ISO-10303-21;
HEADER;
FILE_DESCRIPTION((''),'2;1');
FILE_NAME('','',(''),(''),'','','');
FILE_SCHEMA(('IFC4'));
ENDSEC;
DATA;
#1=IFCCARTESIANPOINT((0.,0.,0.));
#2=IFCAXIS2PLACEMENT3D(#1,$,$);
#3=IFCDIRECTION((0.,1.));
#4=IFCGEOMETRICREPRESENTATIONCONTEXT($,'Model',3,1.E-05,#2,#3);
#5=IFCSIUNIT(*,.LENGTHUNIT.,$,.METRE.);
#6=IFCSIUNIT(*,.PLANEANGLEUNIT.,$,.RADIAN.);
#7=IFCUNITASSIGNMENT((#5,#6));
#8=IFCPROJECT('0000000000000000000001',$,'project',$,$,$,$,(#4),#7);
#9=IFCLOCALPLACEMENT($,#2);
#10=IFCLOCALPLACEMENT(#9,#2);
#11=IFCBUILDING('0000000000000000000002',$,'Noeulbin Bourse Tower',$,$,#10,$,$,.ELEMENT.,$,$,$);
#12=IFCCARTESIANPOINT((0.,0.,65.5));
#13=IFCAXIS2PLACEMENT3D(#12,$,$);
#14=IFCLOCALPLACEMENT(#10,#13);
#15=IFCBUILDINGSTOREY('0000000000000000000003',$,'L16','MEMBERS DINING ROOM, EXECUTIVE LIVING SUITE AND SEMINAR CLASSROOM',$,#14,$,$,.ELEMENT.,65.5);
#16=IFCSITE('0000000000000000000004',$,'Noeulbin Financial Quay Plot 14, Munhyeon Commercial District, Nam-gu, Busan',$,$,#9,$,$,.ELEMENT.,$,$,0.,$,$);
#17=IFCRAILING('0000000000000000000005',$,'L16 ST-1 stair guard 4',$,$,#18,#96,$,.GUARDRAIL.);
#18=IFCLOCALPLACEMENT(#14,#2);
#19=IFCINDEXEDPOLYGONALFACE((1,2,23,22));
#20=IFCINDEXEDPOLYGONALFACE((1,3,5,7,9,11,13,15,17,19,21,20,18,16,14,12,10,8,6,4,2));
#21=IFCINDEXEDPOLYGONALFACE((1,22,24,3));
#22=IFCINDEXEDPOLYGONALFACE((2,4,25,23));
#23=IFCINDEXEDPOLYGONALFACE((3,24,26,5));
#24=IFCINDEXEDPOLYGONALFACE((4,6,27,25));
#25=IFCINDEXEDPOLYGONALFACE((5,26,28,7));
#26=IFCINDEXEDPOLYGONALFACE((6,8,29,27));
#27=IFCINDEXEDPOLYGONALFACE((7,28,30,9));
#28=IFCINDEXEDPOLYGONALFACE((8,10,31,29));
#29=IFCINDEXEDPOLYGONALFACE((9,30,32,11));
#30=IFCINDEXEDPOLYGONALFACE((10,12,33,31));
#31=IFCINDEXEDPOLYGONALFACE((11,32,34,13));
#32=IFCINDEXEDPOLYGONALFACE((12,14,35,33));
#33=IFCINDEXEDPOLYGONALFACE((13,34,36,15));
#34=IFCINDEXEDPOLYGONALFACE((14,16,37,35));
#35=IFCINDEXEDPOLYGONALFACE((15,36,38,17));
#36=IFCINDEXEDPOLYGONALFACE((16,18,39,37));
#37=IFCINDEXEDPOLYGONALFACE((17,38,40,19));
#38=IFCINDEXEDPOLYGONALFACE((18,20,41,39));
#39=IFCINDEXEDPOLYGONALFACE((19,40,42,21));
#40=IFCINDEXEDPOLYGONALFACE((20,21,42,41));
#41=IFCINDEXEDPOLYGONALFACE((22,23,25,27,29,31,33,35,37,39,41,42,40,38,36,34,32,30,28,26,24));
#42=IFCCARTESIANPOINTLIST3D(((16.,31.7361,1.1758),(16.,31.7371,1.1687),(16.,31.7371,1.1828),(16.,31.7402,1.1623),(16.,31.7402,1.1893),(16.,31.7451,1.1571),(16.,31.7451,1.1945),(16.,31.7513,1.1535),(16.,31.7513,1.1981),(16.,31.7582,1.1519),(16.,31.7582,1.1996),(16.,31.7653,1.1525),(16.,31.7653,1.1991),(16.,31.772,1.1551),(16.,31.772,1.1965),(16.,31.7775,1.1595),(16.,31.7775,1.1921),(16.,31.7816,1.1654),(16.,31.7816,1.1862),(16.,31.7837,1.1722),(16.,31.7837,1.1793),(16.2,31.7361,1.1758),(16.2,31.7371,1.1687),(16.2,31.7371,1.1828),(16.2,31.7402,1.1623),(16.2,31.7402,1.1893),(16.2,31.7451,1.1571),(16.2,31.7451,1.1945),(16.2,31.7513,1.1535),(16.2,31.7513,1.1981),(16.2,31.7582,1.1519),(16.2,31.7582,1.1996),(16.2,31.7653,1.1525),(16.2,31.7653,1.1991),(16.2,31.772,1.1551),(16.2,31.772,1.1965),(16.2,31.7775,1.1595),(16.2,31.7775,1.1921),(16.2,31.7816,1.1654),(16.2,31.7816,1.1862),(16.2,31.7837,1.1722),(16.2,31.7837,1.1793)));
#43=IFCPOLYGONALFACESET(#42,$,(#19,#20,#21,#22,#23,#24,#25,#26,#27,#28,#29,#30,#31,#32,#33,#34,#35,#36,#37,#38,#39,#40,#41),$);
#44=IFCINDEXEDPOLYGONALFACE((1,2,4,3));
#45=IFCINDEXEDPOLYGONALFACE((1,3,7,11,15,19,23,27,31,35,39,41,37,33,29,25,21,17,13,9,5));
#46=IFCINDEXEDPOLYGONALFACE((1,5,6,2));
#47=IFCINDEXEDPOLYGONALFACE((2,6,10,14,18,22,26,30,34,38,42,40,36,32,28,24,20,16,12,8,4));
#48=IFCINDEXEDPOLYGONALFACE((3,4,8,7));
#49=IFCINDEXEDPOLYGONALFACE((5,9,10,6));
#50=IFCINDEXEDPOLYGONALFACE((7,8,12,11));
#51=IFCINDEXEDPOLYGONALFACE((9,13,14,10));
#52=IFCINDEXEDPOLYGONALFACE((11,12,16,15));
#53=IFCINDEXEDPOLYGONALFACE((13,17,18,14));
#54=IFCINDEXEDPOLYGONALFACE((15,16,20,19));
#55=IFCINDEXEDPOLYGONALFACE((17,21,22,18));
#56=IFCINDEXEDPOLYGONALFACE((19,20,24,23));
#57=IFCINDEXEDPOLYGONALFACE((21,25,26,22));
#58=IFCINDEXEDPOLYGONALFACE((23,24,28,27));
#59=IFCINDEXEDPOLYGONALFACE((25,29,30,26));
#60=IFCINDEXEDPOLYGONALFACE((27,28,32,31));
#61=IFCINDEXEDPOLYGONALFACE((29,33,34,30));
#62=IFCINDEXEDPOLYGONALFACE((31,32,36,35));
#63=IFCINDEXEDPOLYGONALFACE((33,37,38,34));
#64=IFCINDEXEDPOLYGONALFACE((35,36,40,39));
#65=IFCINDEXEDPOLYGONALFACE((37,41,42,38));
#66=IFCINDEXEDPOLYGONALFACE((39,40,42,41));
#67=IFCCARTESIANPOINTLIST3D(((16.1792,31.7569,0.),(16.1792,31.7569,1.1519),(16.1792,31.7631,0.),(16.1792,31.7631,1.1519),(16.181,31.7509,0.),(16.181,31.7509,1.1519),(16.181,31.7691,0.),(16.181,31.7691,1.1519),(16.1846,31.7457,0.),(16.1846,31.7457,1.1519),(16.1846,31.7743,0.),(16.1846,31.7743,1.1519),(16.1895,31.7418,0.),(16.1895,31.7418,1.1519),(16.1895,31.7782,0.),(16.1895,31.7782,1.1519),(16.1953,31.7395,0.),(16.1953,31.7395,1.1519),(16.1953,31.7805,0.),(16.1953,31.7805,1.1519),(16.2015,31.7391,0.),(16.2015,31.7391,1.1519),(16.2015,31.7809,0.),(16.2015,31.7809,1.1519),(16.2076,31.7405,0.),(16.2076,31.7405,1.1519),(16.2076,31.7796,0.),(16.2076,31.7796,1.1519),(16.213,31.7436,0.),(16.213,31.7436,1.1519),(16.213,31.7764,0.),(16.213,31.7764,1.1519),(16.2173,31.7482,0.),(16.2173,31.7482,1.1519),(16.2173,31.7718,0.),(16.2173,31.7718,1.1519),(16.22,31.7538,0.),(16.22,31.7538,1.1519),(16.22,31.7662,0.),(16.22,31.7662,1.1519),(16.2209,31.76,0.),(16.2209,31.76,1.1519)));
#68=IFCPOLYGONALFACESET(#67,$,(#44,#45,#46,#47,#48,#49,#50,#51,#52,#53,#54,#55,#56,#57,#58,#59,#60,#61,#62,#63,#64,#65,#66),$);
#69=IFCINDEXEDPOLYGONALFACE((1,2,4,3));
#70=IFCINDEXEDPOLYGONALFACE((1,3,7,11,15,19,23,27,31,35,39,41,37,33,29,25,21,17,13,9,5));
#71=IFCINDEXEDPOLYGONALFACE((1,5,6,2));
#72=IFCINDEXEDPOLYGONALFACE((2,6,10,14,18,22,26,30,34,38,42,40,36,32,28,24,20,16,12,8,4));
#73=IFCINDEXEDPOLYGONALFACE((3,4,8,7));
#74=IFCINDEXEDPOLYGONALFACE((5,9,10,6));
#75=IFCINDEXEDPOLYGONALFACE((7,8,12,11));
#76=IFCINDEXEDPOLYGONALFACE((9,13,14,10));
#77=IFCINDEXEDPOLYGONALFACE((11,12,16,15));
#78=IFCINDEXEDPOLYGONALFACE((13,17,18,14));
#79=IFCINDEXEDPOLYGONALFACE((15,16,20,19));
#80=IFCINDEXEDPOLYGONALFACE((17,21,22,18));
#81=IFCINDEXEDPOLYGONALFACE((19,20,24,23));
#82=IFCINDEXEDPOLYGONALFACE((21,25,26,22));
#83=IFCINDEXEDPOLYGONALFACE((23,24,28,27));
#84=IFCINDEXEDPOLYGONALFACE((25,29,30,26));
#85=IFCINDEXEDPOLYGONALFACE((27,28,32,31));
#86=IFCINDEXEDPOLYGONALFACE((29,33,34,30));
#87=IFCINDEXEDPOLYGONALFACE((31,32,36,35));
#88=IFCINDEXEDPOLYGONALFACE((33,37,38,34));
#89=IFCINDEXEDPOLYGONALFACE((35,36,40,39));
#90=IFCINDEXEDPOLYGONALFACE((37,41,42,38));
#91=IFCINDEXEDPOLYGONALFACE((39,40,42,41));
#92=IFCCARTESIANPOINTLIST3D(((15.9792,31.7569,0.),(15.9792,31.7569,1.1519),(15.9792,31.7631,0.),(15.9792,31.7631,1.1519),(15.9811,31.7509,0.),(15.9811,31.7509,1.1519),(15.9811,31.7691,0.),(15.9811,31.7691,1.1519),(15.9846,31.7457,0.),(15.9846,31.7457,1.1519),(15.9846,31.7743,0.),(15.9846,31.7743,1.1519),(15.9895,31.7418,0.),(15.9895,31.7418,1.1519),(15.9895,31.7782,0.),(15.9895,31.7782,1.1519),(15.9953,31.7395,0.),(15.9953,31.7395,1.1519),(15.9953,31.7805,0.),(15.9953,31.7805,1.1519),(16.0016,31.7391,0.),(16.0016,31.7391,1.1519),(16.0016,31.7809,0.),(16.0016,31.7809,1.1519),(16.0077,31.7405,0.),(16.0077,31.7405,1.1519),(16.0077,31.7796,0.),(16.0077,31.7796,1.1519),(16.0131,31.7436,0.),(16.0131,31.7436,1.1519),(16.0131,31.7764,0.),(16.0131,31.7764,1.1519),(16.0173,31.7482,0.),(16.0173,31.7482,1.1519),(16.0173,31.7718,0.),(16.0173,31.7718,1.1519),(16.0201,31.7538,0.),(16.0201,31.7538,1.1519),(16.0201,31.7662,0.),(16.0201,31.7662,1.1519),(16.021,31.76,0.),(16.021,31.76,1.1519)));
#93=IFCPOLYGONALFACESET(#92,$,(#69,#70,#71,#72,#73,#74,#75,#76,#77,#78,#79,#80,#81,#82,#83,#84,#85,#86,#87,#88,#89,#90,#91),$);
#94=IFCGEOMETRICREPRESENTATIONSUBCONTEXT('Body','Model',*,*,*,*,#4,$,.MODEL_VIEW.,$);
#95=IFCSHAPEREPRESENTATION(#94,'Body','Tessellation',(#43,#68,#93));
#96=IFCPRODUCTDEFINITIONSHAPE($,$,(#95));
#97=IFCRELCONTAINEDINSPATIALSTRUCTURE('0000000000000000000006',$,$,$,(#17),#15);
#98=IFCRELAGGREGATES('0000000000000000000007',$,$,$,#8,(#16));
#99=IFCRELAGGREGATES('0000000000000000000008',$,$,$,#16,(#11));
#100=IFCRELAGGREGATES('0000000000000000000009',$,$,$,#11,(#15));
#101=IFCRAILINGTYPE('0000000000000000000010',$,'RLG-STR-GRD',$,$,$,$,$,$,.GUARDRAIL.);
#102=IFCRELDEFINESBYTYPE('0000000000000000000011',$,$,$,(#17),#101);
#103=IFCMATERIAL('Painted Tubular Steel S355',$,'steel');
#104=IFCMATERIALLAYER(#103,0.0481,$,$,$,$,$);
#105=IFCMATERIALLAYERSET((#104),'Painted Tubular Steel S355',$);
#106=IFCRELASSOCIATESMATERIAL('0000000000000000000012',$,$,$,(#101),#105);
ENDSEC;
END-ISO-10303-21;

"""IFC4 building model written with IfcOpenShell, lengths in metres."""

from ifc_helpers import new_model, si_unit, direction, frame, origin, origin_2d, place, context, subcontext, project, spatial, circle, extrude, material, layer, layer_set, type_object, element, save


model = new_model("IFC4")

# Units and contexts
model_context = context("Model", 3, precision=1e-05, world=origin(), true_north=direction((0.0, 1.0)))
body_context = subcontext(model_context, "Body", "Model", "MODEL_VIEW")
ifc_project = project(units=[si_unit("LENGTHUNIT", "METRE"), si_unit("PLANEANGLEUNIT", "RADIAN")], contexts=[model_context])

# Site, building, storey
site_placement = place(None, origin())
site = spatial("IfcSite", under=ifc_project, at=site_placement, Name="Noeulbin Financial Quay Plot 14, Munhyeon Commercial District, Nam-gu, Busan", CompositionType="ELEMENT", RefElevation=0.0)
building_placement = place(site_placement, origin())
building = spatial("IfcBuilding", under=site, at=building_placement, Name="Noeulbin Bourse Tower", CompositionType="ELEMENT")
storey_placement = place(building_placement, frame((0.0, 0.0, 65.5)))
storey = spatial("IfcBuildingStorey", under=building, at=storey_placement, Name="L16", Description="MEMBERS DINING ROOM, EXECUTIVE LIVING SUITE AND SEMINAR CLASSROOM", CompositionType="ELEMENT", Elevation=65.5)

# Railing
ifc_material_1 = material(Name="Painted Tubular Steel S355", Category="steel")
ifc_layer_1 = layer(ifc_material_1, 0.0481)
ifc_layer_set_1 = layer_set([ifc_layer_1], Name="Painted Tubular Steel S355")
railing_type_1 = type_object("IfcRailingType", Name="RLG-STR-GRD", PredefinedType="GUARDRAIL", material=ifc_layer_set_1)
railing_1_placement = place(storey_placement, frame((16.2, 31.76, 0.0)))
element("IfcRailing", 1, at=railing_1_placement, inside=storey, type_object=railing_type_1, Name="L16 ST-1 stair guard 4", PredefinedType="GUARDRAIL", context=body_context, shape_type="SweptSolid", body=[
    extrude(circle(Radius=0.0239, at=origin_2d()), frame((0.0, 0.0, 1.1758), z_axis=(-1.0, 0.0, 0.0), x_axis=(0.0, -1.0, 0.0)), (0.0, 0.0, 1.0), 0.2),
    extrude(circle(Radius=0.021, at=origin_2d()), origin(), (0.0, 0.0, 1.0), 1.1519),
    extrude(circle(Radius=0.021, at=origin_2d()), frame((-0.2, 0.0, 0.0)), (0.0, 0.0, 1.0), 1.1519),
])

save(model, "model.ifc")
